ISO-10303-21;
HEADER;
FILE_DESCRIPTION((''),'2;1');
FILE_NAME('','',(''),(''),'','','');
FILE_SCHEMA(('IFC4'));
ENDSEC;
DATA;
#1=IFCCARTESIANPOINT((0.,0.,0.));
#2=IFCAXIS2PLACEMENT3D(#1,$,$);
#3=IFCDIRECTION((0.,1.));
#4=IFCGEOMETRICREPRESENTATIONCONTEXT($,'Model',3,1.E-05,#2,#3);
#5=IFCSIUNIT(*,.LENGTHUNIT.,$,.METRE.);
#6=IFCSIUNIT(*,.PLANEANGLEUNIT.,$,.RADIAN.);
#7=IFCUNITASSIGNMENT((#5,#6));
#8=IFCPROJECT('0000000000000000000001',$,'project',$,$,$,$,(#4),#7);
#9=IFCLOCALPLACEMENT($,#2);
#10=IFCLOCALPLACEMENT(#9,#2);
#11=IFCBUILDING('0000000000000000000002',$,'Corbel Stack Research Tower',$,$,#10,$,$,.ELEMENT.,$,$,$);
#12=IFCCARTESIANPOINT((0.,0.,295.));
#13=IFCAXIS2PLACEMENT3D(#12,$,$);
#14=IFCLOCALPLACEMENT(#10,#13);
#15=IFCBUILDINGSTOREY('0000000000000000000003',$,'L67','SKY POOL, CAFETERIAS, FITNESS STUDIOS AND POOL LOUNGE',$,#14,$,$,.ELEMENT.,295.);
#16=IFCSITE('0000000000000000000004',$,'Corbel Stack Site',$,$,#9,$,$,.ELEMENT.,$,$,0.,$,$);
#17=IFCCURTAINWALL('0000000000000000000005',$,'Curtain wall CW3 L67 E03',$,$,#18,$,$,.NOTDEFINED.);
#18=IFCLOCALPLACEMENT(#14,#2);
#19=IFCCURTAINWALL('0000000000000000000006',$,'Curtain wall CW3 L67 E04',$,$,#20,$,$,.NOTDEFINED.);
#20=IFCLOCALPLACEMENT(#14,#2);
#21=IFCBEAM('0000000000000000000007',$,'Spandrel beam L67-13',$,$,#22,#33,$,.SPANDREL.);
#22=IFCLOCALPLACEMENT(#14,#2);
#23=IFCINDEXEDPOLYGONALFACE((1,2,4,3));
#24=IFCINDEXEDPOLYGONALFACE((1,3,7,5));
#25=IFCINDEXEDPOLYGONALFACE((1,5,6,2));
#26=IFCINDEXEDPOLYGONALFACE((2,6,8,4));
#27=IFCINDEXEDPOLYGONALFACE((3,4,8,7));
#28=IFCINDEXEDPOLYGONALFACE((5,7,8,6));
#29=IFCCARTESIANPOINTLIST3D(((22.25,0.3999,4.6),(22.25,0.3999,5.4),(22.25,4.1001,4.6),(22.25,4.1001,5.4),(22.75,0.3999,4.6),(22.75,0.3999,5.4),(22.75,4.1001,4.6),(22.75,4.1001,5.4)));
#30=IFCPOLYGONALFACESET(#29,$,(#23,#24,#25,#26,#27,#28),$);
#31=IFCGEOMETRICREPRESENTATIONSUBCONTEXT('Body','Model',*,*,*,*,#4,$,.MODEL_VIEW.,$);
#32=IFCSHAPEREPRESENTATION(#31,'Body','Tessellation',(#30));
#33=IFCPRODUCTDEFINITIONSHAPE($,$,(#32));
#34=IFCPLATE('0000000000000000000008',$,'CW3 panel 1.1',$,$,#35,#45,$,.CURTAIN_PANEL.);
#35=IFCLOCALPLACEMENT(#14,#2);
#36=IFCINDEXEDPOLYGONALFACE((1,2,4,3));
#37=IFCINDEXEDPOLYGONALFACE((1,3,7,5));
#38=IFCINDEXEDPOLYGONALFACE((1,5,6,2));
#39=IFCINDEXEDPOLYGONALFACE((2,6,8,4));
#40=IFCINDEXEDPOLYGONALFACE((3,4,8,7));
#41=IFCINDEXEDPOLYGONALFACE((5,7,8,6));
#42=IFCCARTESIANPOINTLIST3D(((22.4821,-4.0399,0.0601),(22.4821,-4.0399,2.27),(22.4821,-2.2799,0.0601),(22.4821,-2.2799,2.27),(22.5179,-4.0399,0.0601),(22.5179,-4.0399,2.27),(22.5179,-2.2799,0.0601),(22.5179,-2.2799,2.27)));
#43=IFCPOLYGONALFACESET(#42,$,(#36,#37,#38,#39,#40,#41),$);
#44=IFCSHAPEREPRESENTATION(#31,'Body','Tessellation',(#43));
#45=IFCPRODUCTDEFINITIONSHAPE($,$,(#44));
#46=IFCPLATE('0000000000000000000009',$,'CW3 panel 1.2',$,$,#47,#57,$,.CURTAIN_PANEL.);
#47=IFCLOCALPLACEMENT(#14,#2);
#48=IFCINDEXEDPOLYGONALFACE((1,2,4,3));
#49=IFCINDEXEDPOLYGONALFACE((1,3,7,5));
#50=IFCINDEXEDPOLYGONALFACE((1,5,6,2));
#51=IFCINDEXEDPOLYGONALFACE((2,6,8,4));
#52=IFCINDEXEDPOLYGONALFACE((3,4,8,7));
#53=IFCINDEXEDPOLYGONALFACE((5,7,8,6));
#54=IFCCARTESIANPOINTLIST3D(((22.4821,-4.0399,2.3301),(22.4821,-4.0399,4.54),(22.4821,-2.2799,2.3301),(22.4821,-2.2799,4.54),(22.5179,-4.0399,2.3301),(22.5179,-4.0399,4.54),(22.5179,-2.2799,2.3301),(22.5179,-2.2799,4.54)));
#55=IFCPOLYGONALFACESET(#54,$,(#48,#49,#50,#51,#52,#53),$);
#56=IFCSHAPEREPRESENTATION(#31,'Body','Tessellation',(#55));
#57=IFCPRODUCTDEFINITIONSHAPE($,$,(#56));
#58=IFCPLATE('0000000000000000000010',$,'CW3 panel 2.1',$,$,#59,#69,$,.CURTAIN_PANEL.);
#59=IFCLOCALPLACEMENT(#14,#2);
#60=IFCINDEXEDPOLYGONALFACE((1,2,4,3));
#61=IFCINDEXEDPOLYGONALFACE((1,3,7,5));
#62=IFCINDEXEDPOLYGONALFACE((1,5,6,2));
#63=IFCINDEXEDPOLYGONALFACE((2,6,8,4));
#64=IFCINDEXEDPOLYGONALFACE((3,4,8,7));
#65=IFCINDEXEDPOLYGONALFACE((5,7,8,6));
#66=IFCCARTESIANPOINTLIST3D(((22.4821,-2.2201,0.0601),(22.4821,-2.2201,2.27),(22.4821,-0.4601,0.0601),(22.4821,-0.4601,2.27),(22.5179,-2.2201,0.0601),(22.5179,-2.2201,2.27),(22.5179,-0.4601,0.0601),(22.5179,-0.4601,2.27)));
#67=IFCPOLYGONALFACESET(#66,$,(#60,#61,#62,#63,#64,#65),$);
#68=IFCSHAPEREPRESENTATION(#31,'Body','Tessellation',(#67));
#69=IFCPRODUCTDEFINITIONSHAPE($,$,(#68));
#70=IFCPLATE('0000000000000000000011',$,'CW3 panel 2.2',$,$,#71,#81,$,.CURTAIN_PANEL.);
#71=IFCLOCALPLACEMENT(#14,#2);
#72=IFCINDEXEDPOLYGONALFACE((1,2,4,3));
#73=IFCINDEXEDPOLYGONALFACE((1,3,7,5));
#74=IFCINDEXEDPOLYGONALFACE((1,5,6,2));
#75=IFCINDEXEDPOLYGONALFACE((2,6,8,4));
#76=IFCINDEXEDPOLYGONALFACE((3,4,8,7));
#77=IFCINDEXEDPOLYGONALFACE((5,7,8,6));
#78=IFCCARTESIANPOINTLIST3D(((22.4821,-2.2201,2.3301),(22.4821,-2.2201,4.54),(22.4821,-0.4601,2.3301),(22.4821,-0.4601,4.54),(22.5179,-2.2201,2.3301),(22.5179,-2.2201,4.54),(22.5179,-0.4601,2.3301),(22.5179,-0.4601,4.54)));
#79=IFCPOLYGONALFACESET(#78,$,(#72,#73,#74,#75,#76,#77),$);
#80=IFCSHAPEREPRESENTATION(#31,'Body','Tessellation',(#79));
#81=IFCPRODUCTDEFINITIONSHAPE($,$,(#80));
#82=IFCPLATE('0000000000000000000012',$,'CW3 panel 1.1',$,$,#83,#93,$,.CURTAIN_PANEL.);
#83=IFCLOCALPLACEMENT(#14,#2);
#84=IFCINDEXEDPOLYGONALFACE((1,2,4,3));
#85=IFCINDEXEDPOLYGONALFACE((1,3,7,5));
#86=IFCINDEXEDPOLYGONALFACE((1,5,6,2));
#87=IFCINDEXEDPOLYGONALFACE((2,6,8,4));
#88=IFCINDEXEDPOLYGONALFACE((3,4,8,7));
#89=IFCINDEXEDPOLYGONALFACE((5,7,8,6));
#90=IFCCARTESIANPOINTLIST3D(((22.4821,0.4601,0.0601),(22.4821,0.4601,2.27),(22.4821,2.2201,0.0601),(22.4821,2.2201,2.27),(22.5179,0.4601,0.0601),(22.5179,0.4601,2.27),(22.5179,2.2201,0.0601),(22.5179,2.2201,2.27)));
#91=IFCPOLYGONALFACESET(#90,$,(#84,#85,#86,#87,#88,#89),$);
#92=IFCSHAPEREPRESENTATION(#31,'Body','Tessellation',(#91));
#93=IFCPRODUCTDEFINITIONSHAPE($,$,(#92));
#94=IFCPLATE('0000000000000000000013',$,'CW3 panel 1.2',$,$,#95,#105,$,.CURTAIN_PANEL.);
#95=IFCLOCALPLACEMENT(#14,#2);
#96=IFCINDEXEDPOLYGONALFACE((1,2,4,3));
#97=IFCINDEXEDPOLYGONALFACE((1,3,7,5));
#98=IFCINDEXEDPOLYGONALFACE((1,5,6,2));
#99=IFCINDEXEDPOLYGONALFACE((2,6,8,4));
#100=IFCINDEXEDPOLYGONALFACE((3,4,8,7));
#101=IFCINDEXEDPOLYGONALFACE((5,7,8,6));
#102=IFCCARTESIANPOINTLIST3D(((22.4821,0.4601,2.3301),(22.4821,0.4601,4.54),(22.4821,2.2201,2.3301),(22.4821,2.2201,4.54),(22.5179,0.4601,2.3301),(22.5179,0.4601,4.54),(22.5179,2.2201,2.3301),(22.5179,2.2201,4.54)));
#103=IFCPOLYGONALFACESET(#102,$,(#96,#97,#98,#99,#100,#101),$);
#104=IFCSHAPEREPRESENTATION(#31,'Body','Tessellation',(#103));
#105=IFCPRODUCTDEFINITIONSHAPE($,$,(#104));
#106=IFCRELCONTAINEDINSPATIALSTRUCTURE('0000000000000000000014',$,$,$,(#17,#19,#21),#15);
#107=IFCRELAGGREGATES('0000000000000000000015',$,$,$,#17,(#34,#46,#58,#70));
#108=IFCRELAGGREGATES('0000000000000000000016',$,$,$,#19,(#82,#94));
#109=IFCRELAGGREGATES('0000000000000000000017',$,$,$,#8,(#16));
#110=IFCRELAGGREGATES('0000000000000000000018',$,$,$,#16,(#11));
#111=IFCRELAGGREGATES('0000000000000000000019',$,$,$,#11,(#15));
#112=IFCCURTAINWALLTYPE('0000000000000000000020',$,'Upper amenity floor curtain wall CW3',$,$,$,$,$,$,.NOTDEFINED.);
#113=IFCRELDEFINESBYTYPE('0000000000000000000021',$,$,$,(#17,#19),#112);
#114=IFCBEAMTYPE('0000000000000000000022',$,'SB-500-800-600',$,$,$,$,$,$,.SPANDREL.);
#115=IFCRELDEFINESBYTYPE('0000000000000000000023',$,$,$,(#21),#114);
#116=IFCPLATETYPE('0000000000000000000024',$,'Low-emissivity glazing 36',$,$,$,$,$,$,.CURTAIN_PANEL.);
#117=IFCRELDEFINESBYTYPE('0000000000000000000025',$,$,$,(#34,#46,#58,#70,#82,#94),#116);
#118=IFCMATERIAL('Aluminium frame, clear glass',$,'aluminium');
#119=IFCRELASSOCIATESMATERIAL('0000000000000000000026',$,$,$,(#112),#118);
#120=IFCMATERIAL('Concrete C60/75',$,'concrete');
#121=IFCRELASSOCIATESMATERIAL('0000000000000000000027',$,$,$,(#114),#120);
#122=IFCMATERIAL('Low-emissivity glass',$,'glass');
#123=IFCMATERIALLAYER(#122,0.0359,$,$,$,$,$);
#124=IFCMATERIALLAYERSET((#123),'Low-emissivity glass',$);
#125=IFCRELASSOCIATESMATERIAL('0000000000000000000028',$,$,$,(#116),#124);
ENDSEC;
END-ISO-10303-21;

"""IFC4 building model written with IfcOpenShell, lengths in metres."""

from ifc_helpers import new_model, si_unit, direction, frame, origin, origin_2d, place, context, subcontext, project, spatial, rectangle, extrude, material, layer, layer_set, material_profile, profile_set, type_object, element, aggregate, save


model = new_model("IFC4")

# Units and contexts
model_context = context("Model", 3, precision=1e-05, world=origin(), true_north=direction((0.0, 1.0)))
body_context = subcontext(model_context, "Body", "Model", "MODEL_VIEW")
ifc_project = project(units=[si_unit("LENGTHUNIT", "METRE"), si_unit("PLANEANGLEUNIT", "RADIAN")], contexts=[model_context])

# Site, building, storey
site_placement = place(None, origin())
site = spatial("IfcSite", under=ifc_project, at=site_placement, Name="Corbel Stack Site", CompositionType="ELEMENT", RefElevation=0.0)
building_placement = place(site_placement, origin())
building = spatial("IfcBuilding", under=site, at=building_placement, Name="Corbel Stack Research Tower", CompositionType="ELEMENT")
storey_placement = place(building_placement, frame((0.0, 0.0, 295.0)))
storey = spatial("IfcBuildingStorey", under=building, at=storey_placement, Name="L67", Description="SKY POOL, CAFETERIAS, FITNESS STUDIOS AND POOL LOUNGE", CompositionType="ELEMENT", Elevation=295.0)

# Curtain walls
ifc_material_1 = material(Name="Aluminium frame, clear glass", Category="aluminium")
curtain_wall_type = type_object("IfcCurtainWallType", Name="Upper amenity floor curtain wall CW3", PredefinedType="NOTDEFINED", material=ifc_material_1)
curtain_wall_1_placement = place(storey_placement, origin())
curtain_wall_1 = element("IfcCurtainWall", 1, at=curtain_wall_1_placement, inside=storey, type_object=curtain_wall_type, Name="Curtain wall CW3 L67 E03", PredefinedType="NOTDEFINED")
curtain_wall_2_placement = place(storey_placement, origin())
curtain_wall_2 = element("IfcCurtainWall", 2, at=curtain_wall_2_placement, inside=storey, type_object=curtain_wall_type, Name="Curtain wall CW3 L67 E04", PredefinedType="NOTDEFINED")

# Beam
ifc_material_2 = material(Name="Concrete C60/75", Category="concrete")
ifc_material_profile_1 = material_profile(ifc_material_2, rectangle(XDim=0.5, YDim=0.8, at=origin_2d()), Name="RC 500 x 800")
ifc_profile_set_1 = profile_set([ifc_material_profile_1], Name="Concrete C60/75")
beam_type = type_object("IfcBeamType", Name="SB-500-800-600", PredefinedType="SPANDREL", material=ifc_profile_set_1)
beam_placement = place(storey_placement, frame((22.5, 0.3999, 5.0), z_axis=(0.0, 1.0, 0.0), x_axis=(-1.0, 0.0, 0.0)))
element("IfcBeam", 3, at=beam_placement, inside=storey, type_object=beam_type, Name="Spandrel beam L67-13", PredefinedType="SPANDREL", context=body_context, shape_type="SweptSolid", body=[
    extrude(rectangle(XDim=0.5, YDim=0.8, at=origin_2d()), origin(), (0.0, 0.0, 1.0), 3.7002),
])

# Plates
ifc_material_3 = material(Name="Low-emissivity glass", Category="glass")
ifc_layer = layer(ifc_material_3, 0.0359)
ifc_layer_set = layer_set([ifc_layer], Name="Low-emissivity glass")
plate_type = type_object("IfcPlateType", Name="Low-emissivity glazing 36", PredefinedType="CURTAIN_PANEL", material=ifc_layer_set)
plate_1_placement = place(storey_placement, frame((22.5, -3.1599, 0.0601), z_axis=(0.0, 0.0, 1.0), x_axis=(0.0, 1.0, 0.0)))
plate_1 = element("IfcPlate", 4, at=plate_1_placement, type_object=plate_type, Name="CW3 panel 1.1", PredefinedType="CURTAIN_PANEL", context=body_context, shape_type="SweptSolid", body=[
    extrude(rectangle(XDim=1.76, YDim=0.0359, at=origin_2d()), origin(), (0.0, 0.0, 1.0), 2.21),
])
plate_2_placement = place(storey_placement, frame((22.5, -3.1599, 2.3301), z_axis=(0.0, 0.0, 1.0), x_axis=(0.0, 1.0, 0.0)))
plate_2 = element("IfcPlate", 5, at=plate_2_placement, type_object=plate_type, Name="CW3 panel 1.2", PredefinedType="CURTAIN_PANEL", context=body_context, shape_type="SweptSolid", body=[
    extrude(rectangle(XDim=1.76, YDim=0.0359, at=origin_2d()), origin(), (0.0, 0.0, 1.0), 2.21),
])
plate_3_placement = place(storey_placement, frame((22.5, -1.3401, 0.0601), z_axis=(0.0, 0.0, 1.0), x_axis=(0.0, 1.0, 0.0)))
plate_3 = element("IfcPlate", 6, at=plate_3_placement, type_object=plate_type, Name="CW3 panel 2.1", PredefinedType="CURTAIN_PANEL", context=body_context, shape_type="SweptSolid", body=[
    extrude(rectangle(XDim=1.76, YDim=0.0359, at=origin_2d()), origin(), (0.0, 0.0, 1.0), 2.21),
])
plate_4_placement = place(storey_placement, frame((22.5, -1.3401, 2.3301), z_axis=(0.0, 0.0, 1.0), x_axis=(0.0, 1.0, 0.0)))
plate_4 = element("IfcPlate", 7, at=plate_4_placement, type_object=plate_type, Name="CW3 panel 2.2", PredefinedType="CURTAIN_PANEL", context=body_context, shape_type="SweptSolid", body=[
    extrude(rectangle(XDim=1.76, YDim=0.0359, at=origin_2d()), origin(), (0.0, 0.0, 1.0), 2.21),
])
aggregate(curtain_wall_1, [plate_1, plate_2, plate_3, plate_4])
plate_5_placement = place(storey_placement, frame((22.5, 1.3401, 0.0601), z_axis=(0.0, 0.0, 1.0), x_axis=(0.0, 1.0, 0.0)))
plate_5 = element("IfcPlate", 8, at=plate_5_placement, type_object=plate_type, Name="CW3 panel 1.1", PredefinedType="CURTAIN_PANEL", context=body_context, shape_type="SweptSolid", body=[
    extrude(rectangle(XDim=1.76, YDim=0.0359, at=origin_2d()), origin(), (0.0, 0.0, 1.0), 2.21),
])
plate_6_placement = place(storey_placement, frame((22.5, 1.3401, 2.3301), z_axis=(0.0, 0.0, 1.0), x_axis=(0.0, 1.0, 0.0)))
plate_6 = element("IfcPlate", 9, at=plate_6_placement, type_object=plate_type, Name="CW3 panel 1.2", PredefinedType="CURTAIN_PANEL", context=body_context, shape_type="SweptSolid", body=[
    extrude(rectangle(XDim=1.76, YDim=0.0359, at=origin_2d()), origin(), (0.0, 0.0, 1.0), 2.21),
])
aggregate(curtain_wall_2, [plate_5, plate_6])

save(model, "model.ifc")
